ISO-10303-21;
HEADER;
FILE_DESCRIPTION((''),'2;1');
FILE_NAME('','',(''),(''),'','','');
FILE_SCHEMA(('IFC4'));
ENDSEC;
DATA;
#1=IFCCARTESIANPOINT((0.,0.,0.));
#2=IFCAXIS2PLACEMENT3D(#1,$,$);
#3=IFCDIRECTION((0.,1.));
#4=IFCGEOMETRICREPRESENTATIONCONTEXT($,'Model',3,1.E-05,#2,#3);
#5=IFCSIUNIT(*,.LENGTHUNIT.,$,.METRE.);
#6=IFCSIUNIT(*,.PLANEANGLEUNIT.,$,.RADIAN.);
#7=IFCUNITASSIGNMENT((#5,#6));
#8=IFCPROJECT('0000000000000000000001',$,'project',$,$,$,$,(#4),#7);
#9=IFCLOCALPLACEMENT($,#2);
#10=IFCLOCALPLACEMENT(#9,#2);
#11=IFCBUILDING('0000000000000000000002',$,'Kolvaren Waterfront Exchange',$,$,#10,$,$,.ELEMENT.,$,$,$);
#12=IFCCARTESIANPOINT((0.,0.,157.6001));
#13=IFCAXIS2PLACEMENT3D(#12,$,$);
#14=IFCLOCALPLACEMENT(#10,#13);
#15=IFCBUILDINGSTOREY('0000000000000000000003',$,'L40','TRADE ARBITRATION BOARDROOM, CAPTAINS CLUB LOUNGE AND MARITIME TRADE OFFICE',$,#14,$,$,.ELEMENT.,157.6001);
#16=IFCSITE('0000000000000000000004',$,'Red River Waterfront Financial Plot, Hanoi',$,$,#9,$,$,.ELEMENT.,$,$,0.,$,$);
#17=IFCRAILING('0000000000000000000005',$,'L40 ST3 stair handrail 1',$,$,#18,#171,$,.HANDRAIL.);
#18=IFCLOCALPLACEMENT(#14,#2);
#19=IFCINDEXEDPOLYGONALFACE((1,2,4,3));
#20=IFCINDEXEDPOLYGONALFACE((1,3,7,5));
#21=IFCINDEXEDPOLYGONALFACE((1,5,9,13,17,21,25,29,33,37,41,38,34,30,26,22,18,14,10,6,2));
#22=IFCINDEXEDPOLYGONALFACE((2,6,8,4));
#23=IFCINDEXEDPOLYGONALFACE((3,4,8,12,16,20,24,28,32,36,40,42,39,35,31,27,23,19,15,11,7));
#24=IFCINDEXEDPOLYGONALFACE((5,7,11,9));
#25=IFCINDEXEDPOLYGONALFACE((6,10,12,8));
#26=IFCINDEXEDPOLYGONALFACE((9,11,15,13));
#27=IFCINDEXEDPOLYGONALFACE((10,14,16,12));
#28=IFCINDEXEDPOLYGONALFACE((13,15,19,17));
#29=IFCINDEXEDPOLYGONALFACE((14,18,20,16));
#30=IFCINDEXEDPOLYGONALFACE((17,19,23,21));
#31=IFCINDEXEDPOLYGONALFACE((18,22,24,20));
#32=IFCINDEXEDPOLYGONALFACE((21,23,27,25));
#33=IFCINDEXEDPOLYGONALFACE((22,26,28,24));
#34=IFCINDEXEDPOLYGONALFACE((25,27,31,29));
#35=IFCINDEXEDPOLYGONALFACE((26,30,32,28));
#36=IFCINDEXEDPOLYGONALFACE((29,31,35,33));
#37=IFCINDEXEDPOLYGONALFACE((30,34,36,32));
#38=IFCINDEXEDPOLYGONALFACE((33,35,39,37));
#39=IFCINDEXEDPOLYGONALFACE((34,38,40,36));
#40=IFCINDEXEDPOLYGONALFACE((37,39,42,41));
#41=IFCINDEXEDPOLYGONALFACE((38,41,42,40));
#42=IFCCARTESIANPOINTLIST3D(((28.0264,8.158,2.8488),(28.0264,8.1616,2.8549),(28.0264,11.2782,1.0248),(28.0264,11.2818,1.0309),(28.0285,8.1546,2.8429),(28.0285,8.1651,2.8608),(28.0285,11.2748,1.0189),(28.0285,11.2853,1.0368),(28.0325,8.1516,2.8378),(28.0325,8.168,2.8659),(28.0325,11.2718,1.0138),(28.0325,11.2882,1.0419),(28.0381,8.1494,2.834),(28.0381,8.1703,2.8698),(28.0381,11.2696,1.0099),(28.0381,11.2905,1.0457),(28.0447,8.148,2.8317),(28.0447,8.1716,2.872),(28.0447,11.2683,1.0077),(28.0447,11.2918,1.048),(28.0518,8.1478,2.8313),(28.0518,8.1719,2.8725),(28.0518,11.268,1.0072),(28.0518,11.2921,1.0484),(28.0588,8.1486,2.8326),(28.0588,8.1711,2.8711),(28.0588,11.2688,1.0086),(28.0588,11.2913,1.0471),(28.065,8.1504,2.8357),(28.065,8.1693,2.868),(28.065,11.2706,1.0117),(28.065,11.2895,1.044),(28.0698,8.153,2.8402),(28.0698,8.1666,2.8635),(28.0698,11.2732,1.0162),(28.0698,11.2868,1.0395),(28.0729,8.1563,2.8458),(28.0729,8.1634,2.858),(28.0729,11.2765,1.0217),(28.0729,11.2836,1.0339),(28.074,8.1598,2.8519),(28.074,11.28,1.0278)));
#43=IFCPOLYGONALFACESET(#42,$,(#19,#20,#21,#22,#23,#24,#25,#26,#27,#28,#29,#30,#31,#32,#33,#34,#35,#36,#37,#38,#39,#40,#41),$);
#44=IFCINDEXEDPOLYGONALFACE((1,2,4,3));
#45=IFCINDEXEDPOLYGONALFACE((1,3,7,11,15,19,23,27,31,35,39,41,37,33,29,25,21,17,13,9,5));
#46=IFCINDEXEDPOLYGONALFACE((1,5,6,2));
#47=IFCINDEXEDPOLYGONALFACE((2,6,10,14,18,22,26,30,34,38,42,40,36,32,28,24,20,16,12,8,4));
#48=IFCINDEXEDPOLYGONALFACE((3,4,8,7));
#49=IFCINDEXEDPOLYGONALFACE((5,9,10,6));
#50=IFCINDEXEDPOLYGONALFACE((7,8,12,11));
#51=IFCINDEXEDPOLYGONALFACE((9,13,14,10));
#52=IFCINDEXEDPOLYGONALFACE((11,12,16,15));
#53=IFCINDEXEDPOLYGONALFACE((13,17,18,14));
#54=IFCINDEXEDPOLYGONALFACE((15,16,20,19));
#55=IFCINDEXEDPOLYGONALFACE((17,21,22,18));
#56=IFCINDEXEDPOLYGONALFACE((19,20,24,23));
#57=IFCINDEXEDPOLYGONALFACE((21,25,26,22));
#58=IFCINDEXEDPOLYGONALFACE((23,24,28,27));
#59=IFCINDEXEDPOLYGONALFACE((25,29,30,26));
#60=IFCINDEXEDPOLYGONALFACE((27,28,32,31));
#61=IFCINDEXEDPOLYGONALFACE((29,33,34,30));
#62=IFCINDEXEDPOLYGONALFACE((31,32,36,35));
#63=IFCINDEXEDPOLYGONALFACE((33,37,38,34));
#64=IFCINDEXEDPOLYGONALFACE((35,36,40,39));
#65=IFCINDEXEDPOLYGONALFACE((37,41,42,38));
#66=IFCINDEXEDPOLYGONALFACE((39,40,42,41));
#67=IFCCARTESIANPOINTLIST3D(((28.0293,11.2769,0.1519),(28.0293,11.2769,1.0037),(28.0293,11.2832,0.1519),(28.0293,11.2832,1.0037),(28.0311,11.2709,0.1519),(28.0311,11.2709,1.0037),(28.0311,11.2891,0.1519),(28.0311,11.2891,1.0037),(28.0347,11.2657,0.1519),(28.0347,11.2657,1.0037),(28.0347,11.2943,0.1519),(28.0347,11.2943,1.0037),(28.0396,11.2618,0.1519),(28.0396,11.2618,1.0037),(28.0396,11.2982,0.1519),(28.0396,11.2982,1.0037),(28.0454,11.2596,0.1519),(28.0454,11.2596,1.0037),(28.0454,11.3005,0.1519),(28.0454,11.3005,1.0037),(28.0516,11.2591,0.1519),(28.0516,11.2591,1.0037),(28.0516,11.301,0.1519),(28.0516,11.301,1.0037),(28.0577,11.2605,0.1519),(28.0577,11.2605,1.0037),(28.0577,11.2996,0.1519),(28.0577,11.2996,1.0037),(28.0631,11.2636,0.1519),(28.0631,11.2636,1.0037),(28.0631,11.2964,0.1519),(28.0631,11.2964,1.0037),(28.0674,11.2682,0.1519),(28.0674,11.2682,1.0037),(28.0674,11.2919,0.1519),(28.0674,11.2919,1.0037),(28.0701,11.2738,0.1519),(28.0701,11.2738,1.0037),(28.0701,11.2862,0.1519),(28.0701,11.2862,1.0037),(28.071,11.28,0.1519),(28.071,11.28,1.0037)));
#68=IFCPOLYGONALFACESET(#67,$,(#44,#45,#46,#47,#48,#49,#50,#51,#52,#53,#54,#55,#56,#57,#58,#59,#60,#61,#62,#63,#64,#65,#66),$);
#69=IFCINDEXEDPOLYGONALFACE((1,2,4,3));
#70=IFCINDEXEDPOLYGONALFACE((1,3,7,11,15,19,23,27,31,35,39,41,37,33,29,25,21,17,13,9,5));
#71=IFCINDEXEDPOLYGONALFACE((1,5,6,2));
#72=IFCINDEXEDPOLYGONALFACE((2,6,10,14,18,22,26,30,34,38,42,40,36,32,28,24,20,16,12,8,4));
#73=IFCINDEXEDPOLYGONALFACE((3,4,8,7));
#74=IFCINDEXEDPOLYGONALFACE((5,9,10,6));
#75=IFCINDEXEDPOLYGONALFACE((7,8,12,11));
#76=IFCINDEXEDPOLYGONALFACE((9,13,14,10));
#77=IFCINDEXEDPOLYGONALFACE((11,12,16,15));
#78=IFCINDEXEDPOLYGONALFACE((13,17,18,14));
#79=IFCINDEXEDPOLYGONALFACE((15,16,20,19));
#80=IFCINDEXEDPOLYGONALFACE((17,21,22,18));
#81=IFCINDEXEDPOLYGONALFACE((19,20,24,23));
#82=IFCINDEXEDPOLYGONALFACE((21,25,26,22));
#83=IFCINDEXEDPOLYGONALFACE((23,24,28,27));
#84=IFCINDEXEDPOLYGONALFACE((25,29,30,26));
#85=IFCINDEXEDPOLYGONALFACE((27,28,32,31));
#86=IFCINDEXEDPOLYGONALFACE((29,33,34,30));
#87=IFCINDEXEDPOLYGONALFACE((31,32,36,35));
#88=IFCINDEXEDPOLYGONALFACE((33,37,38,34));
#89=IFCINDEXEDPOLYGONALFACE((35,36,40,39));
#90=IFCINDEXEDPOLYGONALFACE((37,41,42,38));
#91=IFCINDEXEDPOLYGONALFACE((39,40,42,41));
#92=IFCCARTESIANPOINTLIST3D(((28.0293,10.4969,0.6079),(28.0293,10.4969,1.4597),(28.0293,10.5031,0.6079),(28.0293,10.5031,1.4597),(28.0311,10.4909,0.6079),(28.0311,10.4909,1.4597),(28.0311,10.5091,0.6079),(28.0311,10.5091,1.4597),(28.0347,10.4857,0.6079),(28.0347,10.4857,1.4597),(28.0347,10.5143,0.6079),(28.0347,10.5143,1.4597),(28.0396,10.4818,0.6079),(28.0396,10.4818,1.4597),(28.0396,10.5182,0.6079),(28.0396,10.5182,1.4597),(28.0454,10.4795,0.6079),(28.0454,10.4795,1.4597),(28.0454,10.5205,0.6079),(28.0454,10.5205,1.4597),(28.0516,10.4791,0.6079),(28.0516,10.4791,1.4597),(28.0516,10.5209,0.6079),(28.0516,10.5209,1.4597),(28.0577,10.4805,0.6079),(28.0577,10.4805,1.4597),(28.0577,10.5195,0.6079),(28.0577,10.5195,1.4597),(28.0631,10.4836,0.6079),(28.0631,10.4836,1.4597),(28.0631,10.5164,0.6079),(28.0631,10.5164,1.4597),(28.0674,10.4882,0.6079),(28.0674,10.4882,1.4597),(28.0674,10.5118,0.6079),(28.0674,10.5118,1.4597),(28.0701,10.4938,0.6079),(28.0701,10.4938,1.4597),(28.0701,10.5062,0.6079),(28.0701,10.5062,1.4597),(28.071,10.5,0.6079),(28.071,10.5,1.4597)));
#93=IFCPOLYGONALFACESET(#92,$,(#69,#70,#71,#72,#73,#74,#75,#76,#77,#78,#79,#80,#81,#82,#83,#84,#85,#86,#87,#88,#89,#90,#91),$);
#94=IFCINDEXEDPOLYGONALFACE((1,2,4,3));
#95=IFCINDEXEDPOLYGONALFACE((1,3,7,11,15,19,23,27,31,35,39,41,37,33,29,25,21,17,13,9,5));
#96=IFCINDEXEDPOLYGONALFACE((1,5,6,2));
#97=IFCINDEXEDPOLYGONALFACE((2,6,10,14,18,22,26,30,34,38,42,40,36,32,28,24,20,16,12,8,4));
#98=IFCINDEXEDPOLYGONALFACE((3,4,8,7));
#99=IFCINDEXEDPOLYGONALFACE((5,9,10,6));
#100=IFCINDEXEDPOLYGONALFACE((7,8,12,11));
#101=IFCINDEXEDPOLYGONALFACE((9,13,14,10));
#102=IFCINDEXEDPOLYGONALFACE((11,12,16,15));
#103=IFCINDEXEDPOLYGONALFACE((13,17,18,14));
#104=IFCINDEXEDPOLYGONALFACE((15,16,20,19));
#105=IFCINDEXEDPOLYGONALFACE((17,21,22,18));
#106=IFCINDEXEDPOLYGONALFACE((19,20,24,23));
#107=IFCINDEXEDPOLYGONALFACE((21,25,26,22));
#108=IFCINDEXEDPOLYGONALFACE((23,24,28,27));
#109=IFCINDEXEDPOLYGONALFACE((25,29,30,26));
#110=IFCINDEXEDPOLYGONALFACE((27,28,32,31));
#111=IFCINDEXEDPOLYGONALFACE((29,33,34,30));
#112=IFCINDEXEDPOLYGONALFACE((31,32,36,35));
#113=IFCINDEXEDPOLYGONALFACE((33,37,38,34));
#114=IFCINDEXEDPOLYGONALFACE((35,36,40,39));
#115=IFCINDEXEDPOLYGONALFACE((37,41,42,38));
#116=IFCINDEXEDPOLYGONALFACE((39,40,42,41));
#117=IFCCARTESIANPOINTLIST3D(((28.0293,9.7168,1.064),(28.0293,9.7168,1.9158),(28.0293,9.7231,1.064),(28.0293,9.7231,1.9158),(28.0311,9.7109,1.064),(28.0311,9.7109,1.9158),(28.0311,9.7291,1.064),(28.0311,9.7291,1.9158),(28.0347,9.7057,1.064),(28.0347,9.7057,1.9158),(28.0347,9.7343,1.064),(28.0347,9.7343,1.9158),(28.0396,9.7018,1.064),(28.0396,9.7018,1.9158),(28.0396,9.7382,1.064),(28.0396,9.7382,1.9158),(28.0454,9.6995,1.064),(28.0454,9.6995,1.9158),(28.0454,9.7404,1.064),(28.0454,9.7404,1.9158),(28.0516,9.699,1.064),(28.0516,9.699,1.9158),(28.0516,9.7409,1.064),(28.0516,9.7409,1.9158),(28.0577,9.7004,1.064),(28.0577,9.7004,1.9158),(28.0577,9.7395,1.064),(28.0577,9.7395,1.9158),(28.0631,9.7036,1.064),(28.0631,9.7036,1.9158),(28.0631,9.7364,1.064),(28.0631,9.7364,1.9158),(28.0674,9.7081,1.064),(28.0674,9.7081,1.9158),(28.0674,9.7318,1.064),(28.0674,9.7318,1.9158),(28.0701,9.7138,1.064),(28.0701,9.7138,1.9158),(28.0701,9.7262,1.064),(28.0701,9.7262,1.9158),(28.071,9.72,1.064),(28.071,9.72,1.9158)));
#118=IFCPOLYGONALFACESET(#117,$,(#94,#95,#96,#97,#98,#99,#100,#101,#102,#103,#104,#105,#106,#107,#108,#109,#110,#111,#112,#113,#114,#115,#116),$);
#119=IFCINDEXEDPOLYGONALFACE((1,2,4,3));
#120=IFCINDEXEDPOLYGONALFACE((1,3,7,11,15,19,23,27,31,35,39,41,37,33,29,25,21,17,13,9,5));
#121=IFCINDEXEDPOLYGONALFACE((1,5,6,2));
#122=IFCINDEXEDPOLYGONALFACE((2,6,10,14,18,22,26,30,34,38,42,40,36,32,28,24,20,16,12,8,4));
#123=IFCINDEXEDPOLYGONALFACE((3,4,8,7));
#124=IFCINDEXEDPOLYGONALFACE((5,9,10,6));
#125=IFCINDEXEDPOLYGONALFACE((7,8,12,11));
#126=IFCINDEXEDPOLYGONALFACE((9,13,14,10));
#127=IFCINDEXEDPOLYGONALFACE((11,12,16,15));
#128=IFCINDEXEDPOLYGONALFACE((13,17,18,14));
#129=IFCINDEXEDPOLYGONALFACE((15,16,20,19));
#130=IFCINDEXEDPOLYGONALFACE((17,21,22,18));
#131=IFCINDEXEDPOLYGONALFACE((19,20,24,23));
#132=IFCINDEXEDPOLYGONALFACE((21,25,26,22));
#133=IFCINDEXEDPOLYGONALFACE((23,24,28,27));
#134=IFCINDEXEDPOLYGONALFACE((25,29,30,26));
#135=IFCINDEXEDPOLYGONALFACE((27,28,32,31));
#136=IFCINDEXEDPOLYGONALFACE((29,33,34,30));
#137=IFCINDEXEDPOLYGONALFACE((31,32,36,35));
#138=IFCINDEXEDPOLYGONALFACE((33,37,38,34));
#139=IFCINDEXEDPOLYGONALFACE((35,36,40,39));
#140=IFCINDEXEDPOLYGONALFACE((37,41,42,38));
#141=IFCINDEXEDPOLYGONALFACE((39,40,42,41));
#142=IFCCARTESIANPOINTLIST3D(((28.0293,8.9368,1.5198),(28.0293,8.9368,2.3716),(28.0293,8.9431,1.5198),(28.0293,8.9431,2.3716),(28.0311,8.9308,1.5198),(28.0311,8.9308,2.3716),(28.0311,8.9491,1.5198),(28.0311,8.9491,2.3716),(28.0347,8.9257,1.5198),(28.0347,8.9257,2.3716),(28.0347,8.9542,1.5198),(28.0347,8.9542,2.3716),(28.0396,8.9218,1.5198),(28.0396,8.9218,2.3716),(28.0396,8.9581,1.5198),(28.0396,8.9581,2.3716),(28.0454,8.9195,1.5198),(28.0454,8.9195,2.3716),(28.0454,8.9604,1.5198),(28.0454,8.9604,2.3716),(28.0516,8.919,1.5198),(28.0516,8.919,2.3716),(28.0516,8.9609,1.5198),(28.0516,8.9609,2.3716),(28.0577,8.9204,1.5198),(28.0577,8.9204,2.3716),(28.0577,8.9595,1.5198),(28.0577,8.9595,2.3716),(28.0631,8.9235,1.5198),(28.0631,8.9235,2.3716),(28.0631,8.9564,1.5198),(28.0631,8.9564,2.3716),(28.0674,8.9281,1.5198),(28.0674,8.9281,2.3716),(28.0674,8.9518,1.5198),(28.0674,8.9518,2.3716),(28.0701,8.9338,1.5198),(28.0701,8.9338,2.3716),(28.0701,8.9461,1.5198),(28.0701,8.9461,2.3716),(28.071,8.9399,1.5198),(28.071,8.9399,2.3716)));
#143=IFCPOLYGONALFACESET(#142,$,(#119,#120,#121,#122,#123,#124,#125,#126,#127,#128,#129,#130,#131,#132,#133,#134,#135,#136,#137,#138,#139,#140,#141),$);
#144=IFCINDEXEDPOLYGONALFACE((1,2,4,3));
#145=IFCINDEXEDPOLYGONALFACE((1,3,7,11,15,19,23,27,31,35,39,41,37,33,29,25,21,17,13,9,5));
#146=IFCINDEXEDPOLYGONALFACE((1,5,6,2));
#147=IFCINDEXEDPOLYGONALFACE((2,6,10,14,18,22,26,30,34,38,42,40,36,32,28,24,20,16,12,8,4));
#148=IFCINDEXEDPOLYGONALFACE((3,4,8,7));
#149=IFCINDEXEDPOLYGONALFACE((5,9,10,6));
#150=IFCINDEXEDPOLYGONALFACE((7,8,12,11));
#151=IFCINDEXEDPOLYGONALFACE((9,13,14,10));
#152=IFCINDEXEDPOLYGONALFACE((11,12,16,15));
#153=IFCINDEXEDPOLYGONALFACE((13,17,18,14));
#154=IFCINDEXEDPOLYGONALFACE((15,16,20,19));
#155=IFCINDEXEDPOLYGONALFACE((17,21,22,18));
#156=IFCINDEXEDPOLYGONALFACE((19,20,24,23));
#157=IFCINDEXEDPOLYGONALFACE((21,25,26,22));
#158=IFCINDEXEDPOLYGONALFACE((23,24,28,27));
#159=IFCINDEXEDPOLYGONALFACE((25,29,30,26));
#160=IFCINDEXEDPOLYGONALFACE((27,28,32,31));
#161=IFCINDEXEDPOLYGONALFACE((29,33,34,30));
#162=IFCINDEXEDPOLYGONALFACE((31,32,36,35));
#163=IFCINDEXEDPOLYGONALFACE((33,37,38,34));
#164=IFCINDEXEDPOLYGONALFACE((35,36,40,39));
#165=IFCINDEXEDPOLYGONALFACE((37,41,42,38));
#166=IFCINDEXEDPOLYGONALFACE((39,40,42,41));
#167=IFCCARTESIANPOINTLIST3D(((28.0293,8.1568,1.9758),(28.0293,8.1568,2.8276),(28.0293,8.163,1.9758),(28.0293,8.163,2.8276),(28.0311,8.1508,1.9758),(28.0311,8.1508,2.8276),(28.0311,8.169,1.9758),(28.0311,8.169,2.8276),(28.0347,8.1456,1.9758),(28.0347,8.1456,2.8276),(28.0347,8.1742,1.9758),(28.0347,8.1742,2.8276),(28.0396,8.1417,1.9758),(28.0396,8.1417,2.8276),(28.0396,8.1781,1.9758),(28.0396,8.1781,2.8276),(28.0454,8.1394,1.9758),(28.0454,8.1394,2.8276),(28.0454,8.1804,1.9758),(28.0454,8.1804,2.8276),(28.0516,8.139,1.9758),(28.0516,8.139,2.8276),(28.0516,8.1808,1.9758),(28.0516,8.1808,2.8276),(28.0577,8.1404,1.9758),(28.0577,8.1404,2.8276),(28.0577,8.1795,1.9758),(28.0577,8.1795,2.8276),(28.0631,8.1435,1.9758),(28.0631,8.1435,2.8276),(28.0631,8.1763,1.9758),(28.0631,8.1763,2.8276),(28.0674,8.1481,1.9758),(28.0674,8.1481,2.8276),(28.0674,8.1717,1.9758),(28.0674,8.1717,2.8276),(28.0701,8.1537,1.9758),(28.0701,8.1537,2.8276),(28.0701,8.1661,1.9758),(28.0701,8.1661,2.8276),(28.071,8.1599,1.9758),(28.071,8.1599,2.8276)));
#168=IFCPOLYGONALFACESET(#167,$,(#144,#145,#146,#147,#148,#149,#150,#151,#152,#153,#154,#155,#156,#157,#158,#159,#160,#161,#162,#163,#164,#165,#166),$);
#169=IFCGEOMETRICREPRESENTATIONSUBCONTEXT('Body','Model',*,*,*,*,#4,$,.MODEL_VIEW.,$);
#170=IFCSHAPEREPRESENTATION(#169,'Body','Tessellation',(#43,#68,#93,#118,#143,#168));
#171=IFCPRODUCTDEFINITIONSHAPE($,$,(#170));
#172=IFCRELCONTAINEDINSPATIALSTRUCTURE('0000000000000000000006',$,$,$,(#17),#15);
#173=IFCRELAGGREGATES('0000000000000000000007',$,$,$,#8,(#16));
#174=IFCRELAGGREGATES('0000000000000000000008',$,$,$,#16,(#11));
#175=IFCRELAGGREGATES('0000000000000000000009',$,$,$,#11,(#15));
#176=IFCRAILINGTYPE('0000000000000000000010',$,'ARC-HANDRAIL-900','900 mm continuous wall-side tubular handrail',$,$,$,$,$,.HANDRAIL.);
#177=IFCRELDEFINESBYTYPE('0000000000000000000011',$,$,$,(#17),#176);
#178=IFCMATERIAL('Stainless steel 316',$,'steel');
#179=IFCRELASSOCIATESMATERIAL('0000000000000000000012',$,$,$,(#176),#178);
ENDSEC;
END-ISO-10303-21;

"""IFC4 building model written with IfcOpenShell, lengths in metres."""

from ifc_helpers import new_model, si_unit, direction, frame, origin, origin_2d, place, context, subcontext, project, spatial, circle, extrude, material, type_object, element, save


model = new_model("IFC4")

# Units and contexts
model_context = context("Model", 3, precision=1e-05, world=origin(), true_north=direction((0.0, 1.0)))
body_context = subcontext(model_context, "Body", "Model", "MODEL_VIEW")
ifc_project = project(units=[si_unit("LENGTHUNIT", "METRE"), si_unit("PLANEANGLEUNIT", "RADIAN")], contexts=[model_context])

# Site, building, storey
site_placement = place(None, origin())
site = spatial("IfcSite", under=ifc_project, at=site_placement, Name="Red River Waterfront Financial Plot, Hanoi", CompositionType="ELEMENT", RefElevation=0.0)
building_placement = place(site_placement, origin())
building = spatial("IfcBuilding", under=site, at=building_placement, Name="Kolvaren Waterfront Exchange", CompositionType="ELEMENT")
storey_placement = place(building_placement, frame((0.0, 0.0, 157.6001)))
storey = spatial("IfcBuildingStorey", under=building, at=storey_placement, Name="L40", Description="TRADE ARBITRATION BOARDROOM, CAPTAINS CLUB LOUNGE AND MARITIME TRADE OFFICE", CompositionType="ELEMENT", Elevation=157.6001)

# Railing
ifc_material_1 = material(Name="Stainless steel 316", Category="steel")
railing_type_1 = type_object("IfcRailingType", Name="ARC-HANDRAIL-900", Description="900 mm continuous wall-side tubular handrail", PredefinedType="HANDRAIL", material=ifc_material_1)
railing_1_placement = place(storey_placement, frame((28.05, 11.28, 0.1519)))
element("IfcRailing", 1, at=railing_1_placement, inside=storey, type_object=railing_type_1, Name="L40 ST3 stair handrail 1", PredefinedType="HANDRAIL", context=body_context, shape_type="SweptSolid", body=[
    extrude(circle(Radius=0.0239, at=origin_2d()), frame((0.0, 0.0, 0.876), z_axis=(0.0, -0.863308, 0.504677), x_axis=(1.0, 0.0, 0.0)), (0.0, 0.0, 1.0), 3.6143),
    extrude(circle(Radius=0.021, at=origin_2d()), origin(), (0.0, 0.0, 1.0), 0.8518),
    extrude(circle(Radius=0.021, at=origin_2d()), frame((0.0, -0.78, 0.4561)), (0.0, 0.0, 1.0), 0.8518),
    extrude(circle(Radius=0.021, at=origin_2d()), frame((0.0, -1.5601, 0.9121)), (0.0, 0.0, 1.0), 0.8518),
    extrude(circle(Radius=0.021, at=origin_2d()), frame((0.0, -2.3401, 1.3679)), (0.0, 0.0, 1.0), 0.8518),
    extrude(circle(Radius=0.021, at=origin_2d()), frame((0.0, -3.1201, 1.824)), (0.0, 0.0, 1.0), 0.8518),
])

save(model, "model.ifc")
